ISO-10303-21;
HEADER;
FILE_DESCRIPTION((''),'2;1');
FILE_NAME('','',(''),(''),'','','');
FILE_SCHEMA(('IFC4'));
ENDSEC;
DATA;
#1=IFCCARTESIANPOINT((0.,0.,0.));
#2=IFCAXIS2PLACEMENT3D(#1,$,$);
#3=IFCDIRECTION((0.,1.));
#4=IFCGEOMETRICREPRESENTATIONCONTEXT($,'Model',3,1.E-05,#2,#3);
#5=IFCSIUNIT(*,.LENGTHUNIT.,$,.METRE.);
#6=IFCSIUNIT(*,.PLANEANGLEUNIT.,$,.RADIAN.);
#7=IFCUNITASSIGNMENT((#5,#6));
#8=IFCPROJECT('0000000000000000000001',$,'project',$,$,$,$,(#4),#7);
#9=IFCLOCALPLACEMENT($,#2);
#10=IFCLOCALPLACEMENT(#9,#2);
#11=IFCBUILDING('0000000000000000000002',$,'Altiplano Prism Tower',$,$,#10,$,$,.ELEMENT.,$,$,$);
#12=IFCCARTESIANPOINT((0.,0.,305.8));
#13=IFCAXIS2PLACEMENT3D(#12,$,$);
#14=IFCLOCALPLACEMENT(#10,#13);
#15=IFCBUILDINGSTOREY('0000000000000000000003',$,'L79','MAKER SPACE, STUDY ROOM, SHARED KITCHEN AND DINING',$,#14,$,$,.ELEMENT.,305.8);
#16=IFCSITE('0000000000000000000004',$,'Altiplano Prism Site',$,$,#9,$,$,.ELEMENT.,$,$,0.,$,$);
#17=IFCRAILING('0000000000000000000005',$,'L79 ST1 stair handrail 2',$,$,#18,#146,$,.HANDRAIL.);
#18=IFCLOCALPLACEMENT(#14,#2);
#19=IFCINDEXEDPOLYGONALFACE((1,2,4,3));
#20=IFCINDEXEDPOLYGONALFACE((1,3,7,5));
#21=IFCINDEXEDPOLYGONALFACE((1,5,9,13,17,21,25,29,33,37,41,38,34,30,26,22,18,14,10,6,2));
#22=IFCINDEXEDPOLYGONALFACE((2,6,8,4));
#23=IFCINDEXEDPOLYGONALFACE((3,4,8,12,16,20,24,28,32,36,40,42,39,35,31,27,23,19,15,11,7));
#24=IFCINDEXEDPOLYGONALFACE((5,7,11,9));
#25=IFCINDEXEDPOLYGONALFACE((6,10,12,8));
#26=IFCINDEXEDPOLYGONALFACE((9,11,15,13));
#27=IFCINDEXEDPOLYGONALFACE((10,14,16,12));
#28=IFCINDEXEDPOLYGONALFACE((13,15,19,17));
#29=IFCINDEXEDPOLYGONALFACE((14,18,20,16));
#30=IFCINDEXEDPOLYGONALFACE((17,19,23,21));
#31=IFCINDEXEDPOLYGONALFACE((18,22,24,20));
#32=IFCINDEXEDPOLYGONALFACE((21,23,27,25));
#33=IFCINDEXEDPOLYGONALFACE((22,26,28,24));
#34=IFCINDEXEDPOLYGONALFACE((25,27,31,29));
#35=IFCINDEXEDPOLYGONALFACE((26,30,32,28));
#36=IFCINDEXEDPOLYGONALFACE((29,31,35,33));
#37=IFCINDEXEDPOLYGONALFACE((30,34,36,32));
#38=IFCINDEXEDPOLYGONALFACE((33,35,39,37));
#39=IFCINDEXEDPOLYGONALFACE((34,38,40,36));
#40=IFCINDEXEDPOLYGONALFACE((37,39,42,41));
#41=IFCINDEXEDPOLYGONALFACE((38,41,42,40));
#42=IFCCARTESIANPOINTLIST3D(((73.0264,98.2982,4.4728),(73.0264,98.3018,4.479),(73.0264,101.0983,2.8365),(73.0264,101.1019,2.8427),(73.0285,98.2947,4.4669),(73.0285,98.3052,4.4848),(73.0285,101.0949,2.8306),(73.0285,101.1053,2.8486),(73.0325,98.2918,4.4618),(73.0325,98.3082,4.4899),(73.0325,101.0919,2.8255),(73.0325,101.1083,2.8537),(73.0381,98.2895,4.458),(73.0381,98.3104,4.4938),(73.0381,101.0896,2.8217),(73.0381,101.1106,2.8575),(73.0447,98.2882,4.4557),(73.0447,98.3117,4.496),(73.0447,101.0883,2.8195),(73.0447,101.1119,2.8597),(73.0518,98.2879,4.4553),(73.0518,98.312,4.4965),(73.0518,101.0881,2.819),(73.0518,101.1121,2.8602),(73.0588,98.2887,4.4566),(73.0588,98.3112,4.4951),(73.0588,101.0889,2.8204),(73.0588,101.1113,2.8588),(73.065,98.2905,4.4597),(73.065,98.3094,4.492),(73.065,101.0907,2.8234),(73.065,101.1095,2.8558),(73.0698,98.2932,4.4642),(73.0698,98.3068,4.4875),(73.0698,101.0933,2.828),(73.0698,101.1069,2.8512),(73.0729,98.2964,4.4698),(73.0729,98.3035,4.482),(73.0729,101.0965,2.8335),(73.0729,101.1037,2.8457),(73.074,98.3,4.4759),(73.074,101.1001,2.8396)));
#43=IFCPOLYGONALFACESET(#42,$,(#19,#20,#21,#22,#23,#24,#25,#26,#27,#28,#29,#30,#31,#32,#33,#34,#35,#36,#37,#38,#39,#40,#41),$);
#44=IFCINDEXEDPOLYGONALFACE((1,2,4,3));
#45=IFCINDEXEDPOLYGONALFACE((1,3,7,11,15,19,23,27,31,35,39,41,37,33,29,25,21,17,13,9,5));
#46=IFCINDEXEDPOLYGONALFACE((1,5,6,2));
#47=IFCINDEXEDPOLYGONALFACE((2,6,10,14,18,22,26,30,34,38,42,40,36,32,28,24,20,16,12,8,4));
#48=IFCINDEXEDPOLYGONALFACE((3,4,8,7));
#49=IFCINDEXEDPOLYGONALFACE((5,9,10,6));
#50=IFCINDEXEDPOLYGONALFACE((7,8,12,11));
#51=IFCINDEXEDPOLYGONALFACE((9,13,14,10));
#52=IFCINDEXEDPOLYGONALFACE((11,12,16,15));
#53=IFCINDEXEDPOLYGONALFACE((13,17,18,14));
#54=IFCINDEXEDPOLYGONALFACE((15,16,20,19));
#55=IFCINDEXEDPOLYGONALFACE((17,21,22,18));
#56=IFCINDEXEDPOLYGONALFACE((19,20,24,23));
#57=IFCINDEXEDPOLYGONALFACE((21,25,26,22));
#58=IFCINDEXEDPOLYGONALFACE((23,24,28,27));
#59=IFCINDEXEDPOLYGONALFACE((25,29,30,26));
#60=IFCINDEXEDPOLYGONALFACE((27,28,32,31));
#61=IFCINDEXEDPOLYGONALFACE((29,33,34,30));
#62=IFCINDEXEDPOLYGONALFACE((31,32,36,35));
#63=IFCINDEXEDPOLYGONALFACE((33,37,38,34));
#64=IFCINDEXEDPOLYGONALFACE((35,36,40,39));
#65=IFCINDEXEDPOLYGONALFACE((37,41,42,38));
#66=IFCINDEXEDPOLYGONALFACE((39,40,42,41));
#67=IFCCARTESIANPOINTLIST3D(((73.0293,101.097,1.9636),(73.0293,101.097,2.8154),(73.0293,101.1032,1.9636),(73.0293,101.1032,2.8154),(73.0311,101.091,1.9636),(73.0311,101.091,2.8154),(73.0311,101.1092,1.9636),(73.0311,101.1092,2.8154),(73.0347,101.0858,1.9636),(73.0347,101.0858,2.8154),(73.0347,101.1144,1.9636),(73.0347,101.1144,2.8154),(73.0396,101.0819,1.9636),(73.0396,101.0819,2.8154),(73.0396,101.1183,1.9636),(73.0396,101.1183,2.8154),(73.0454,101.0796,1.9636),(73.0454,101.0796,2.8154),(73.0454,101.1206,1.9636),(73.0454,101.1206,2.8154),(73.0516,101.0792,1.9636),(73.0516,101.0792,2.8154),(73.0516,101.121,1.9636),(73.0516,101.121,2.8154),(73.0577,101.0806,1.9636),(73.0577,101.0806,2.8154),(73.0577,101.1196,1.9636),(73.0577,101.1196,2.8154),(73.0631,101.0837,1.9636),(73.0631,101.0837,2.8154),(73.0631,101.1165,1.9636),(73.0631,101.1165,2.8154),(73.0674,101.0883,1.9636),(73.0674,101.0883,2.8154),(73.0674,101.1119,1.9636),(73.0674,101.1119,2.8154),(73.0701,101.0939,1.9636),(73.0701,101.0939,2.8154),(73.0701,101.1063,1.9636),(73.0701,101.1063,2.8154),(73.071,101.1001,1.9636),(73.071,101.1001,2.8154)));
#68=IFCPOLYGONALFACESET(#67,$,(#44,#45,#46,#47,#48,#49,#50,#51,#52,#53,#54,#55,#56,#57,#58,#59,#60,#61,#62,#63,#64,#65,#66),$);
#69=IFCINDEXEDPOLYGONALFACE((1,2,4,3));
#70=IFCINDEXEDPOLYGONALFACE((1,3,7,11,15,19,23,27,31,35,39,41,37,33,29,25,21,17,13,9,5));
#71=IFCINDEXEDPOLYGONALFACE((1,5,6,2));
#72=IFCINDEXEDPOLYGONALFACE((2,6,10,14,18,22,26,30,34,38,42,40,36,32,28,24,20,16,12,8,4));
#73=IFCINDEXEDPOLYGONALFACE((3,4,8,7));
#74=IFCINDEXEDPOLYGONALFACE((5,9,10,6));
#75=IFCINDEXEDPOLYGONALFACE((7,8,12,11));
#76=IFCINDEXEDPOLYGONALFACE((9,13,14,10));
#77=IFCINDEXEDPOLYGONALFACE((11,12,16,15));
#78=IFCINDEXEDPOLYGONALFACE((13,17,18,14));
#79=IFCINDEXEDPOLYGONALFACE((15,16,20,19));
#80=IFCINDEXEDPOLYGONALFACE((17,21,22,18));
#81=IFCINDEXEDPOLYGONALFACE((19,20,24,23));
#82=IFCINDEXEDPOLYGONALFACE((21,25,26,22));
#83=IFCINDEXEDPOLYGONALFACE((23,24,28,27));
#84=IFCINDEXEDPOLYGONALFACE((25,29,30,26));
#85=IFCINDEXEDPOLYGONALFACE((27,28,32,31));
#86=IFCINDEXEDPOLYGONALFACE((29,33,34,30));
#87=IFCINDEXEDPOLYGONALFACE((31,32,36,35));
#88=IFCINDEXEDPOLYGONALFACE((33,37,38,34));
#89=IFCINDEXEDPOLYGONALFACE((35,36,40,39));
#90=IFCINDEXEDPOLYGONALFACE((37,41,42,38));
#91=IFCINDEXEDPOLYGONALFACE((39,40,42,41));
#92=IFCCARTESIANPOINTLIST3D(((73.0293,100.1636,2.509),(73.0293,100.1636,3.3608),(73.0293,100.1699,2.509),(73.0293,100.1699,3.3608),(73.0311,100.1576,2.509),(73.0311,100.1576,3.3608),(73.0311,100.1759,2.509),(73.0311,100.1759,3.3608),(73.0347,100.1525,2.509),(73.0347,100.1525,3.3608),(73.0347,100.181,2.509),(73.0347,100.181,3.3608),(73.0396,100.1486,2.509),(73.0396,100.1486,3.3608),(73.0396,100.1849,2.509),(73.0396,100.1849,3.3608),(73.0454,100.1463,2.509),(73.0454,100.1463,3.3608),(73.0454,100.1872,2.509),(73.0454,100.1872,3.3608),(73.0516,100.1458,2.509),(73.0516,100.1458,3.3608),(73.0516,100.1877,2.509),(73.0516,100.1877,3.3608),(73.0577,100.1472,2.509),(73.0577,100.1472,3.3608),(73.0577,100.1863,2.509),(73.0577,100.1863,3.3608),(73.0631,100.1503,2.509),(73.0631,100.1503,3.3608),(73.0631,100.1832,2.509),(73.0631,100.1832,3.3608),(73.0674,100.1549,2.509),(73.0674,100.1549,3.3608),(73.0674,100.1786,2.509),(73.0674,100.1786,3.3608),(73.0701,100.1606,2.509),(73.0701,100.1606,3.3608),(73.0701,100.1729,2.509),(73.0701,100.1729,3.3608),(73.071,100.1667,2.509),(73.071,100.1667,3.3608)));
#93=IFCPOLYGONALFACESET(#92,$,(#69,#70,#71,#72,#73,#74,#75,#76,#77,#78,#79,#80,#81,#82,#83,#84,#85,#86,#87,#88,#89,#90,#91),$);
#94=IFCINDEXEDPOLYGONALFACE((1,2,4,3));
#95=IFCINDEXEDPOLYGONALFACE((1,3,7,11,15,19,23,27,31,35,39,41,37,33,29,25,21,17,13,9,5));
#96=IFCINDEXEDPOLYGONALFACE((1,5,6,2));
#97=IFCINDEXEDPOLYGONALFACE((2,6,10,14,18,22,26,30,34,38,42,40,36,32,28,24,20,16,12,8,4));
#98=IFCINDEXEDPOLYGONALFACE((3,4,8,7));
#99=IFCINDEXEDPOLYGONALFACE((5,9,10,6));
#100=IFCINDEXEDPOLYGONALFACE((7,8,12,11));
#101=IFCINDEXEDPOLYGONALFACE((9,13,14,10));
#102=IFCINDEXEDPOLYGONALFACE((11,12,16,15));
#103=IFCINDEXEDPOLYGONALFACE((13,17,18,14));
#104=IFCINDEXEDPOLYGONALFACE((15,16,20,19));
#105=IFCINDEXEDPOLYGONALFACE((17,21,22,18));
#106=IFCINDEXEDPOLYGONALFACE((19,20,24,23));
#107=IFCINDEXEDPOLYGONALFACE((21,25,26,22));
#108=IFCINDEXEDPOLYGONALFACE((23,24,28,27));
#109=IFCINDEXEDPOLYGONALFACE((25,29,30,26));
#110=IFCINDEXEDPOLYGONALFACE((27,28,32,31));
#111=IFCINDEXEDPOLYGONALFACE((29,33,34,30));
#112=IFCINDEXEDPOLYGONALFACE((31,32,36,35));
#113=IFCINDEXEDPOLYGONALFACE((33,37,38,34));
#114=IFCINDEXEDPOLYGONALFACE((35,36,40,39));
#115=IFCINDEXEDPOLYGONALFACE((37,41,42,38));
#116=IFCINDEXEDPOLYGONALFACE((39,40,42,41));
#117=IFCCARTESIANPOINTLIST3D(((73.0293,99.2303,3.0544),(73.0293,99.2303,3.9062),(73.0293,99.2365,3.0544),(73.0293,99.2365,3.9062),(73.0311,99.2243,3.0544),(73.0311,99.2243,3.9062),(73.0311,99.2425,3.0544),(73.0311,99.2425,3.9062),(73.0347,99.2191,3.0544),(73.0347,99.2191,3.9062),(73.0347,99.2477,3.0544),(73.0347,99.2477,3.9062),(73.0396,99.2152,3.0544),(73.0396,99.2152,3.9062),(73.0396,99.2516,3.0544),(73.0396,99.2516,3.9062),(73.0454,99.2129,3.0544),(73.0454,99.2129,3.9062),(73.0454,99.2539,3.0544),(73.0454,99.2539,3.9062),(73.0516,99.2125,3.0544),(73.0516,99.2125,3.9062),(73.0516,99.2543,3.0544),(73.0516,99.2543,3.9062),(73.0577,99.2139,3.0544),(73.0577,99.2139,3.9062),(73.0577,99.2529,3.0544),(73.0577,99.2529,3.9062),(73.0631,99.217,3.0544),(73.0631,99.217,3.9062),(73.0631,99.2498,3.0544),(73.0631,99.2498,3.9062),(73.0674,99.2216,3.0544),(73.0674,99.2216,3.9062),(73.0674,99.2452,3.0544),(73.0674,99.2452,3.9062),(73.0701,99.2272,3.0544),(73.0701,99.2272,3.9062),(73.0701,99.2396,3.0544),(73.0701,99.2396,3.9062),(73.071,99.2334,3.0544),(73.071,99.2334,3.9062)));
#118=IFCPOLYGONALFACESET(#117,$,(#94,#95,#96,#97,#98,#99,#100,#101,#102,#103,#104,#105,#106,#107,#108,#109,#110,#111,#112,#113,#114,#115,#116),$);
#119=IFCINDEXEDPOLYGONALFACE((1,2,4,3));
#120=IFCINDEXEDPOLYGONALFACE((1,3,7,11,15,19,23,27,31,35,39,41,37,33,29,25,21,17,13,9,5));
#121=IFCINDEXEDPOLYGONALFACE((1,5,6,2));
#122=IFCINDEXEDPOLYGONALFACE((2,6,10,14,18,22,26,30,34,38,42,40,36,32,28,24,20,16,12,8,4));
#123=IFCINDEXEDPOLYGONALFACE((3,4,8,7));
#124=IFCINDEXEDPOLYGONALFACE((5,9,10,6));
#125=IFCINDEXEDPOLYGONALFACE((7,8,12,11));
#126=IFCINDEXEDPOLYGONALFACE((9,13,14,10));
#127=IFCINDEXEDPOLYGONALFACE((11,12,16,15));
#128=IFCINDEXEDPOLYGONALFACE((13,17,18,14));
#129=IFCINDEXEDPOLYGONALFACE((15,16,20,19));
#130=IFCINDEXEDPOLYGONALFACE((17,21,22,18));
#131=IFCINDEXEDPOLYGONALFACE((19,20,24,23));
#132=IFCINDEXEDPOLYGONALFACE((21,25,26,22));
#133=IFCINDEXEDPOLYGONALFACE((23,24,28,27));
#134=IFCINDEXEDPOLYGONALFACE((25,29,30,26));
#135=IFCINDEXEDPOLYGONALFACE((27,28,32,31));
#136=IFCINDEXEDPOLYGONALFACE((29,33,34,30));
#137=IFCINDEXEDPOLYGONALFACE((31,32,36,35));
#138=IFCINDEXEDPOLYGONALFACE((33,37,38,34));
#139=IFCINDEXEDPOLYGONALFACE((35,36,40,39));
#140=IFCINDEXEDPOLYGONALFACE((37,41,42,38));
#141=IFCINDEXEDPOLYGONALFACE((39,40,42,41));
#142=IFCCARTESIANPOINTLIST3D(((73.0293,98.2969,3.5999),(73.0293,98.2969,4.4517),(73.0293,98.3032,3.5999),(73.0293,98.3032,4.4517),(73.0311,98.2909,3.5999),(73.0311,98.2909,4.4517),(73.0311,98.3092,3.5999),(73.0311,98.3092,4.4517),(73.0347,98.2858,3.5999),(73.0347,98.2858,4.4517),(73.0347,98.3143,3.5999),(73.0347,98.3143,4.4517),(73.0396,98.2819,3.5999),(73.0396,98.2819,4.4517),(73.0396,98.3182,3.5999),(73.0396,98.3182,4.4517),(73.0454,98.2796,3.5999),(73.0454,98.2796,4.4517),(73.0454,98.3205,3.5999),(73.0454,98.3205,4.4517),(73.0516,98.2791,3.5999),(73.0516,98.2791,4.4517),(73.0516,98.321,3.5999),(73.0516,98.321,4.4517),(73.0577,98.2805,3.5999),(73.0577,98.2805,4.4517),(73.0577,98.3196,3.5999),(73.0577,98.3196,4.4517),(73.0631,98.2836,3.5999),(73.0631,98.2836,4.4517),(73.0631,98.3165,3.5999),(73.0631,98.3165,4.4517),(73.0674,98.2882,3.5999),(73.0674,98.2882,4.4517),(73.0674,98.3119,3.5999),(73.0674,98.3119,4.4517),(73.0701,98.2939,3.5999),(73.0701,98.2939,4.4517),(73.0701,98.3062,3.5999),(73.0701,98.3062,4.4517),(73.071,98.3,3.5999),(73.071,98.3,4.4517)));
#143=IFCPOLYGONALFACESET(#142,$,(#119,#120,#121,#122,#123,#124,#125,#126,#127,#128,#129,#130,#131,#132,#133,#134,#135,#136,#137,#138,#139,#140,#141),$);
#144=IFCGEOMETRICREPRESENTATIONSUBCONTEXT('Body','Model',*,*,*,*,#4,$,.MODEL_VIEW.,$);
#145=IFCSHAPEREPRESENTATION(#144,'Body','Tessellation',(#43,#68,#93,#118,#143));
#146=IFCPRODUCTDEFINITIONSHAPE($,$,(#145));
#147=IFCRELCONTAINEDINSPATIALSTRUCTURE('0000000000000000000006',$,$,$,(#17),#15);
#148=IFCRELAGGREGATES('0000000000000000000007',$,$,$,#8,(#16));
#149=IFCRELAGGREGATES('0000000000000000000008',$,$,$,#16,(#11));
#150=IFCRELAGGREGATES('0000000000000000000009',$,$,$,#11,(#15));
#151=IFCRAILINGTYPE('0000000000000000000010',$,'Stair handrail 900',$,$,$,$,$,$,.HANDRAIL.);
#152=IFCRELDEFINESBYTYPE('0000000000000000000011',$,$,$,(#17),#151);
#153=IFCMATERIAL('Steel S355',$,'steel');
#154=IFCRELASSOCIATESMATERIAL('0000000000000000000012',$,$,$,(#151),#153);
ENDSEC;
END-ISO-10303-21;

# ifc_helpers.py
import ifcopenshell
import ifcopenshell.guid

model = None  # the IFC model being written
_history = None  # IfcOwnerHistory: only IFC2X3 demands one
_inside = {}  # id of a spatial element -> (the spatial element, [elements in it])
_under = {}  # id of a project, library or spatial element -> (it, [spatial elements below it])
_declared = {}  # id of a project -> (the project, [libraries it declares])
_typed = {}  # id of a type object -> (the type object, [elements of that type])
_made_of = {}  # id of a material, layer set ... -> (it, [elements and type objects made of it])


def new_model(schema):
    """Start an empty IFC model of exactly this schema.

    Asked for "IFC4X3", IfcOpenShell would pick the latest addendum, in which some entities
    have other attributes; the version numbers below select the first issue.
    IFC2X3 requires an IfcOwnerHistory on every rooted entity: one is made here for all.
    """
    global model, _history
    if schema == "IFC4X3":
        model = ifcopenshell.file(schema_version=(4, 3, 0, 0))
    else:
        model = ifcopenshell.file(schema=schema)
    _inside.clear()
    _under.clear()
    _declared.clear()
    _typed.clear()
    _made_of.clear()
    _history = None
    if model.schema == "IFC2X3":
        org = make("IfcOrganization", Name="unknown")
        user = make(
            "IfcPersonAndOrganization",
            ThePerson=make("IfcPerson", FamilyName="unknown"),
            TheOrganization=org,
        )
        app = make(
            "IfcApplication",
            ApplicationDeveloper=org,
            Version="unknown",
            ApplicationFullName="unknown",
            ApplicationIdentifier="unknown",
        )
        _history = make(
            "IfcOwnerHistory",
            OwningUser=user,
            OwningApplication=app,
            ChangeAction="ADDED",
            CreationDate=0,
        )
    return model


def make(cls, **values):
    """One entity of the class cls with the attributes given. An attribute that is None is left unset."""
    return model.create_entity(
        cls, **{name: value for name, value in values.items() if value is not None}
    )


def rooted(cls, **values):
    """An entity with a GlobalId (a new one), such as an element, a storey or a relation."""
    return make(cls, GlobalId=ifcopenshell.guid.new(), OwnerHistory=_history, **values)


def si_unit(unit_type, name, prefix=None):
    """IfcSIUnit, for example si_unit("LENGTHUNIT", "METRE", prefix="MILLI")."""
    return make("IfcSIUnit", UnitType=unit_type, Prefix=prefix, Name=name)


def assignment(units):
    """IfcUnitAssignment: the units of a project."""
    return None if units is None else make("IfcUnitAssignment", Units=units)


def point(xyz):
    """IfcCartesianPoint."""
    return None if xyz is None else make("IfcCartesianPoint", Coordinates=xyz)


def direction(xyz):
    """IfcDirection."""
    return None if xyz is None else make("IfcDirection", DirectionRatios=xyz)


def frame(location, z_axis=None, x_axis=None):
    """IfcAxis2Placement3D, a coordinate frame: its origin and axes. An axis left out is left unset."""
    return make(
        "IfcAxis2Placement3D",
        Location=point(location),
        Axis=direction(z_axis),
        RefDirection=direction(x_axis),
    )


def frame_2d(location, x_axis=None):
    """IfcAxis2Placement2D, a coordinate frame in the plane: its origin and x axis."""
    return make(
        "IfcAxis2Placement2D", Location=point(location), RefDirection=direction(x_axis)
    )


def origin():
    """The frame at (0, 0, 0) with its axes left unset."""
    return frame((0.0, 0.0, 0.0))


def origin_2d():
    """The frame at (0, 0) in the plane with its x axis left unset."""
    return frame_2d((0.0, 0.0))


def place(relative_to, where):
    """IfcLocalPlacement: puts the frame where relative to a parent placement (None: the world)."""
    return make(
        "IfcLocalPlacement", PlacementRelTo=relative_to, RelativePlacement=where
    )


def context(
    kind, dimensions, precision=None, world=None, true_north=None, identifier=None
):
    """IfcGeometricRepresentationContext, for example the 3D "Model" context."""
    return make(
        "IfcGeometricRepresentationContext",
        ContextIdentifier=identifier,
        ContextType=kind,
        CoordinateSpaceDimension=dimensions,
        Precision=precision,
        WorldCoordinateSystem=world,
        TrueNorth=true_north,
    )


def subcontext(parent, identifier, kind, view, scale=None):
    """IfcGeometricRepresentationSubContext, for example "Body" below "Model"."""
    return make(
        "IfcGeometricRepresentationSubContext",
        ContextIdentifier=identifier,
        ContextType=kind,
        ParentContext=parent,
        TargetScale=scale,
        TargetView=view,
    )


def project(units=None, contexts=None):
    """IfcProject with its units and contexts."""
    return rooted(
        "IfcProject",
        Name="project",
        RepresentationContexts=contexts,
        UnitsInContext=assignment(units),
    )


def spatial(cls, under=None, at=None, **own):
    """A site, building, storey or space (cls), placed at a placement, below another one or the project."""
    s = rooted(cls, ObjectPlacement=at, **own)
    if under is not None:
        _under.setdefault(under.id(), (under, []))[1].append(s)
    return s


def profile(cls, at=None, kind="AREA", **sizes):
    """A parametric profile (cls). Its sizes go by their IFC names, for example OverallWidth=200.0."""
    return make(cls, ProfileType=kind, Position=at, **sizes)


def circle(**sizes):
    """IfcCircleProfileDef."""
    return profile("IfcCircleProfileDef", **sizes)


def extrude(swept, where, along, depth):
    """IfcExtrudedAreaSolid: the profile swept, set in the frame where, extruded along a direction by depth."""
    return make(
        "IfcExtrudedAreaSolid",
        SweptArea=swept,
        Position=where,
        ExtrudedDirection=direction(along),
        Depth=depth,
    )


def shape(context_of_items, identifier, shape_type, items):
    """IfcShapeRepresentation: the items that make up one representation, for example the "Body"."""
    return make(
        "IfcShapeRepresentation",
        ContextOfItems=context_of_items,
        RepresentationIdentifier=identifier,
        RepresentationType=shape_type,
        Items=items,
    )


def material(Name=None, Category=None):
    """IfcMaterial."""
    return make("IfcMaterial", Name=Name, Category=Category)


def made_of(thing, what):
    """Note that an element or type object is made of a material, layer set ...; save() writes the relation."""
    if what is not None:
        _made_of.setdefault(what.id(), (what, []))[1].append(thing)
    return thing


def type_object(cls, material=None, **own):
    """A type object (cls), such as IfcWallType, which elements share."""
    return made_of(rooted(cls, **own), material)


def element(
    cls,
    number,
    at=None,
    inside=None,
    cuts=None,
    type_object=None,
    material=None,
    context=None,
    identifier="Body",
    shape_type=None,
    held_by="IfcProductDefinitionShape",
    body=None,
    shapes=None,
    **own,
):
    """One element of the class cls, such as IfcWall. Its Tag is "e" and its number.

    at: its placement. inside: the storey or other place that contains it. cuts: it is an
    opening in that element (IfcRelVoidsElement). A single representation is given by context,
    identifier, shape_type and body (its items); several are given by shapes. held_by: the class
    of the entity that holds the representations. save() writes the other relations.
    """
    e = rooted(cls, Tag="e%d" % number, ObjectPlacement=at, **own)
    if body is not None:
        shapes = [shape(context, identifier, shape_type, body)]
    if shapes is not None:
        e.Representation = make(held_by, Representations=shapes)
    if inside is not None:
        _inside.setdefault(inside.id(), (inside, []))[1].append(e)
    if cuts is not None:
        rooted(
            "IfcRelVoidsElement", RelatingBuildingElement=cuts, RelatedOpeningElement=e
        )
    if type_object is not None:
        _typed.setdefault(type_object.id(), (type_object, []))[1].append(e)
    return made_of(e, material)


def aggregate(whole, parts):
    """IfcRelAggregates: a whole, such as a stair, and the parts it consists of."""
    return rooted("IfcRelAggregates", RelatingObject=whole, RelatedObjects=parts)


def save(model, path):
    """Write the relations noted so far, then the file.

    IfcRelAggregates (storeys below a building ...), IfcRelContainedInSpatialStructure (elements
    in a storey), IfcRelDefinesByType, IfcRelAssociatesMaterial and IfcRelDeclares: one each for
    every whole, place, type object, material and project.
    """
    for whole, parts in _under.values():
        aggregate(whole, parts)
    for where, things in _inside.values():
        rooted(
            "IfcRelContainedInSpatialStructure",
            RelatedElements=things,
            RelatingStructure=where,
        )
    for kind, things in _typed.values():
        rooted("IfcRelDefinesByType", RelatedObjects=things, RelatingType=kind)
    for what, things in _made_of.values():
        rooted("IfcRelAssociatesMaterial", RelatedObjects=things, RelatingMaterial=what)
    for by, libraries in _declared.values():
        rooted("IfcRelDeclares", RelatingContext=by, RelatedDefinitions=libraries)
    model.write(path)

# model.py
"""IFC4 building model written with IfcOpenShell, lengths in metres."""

from ifc_helpers import new_model, si_unit, direction, frame, origin, origin_2d, place, context, subcontext, project, spatial, circle, extrude, material, type_object, element, save


model = new_model("IFC4")

# Units and contexts
model_context = context("Model", 3, precision=1e-05, world=origin(), true_north=direction((0.0, 1.0)))
body_context = subcontext(model_context, "Body", "Model", "MODEL_VIEW")
ifc_project = project(units=[si_unit("LENGTHUNIT", "METRE"), si_unit("PLANEANGLEUNIT", "RADIAN")], contexts=[model_context])

# Site, building, storey
site_placement = place(None, origin())
site = spatial("IfcSite", under=ifc_project, at=site_placement, Name="Altiplano Prism Site", CompositionType="ELEMENT", RefElevation=0.0)
building_placement = place(site_placement, origin())
building = spatial("IfcBuilding", under=site, at=building_placement, Name="Altiplano Prism Tower", CompositionType="ELEMENT")
storey_placement = place(building_placement, frame((0.0, 0.0, 305.8)))
storey = spatial("IfcBuildingStorey", under=building, at=storey_placement, Name="L79", Description="MAKER SPACE, STUDY ROOM, SHARED KITCHEN AND DINING", CompositionType="ELEMENT", Elevation=305.8)

# Railing
ifc_material_1 = material(Name="Steel S355", Category="steel")
railing_type_1 = type_object("IfcRailingType", Name="Stair handrail 900", PredefinedType="HANDRAIL", material=ifc_material_1)
railing_1_placement = place(storey_placement, frame((73.05, 101.1001, 1.9636)))
element("IfcRailing", 1, at=railing_1_placement, inside=storey, type_object=railing_type_1, Name="L79 ST1 stair handrail 2", PredefinedType="HANDRAIL", context=body_context, shape_type="SweptSolid", body=[
    extrude(circle(Radius=0.0239, at=origin_2d()), frame((0.0, 0.0, 0.876), z_axis=(0.0, -0.863394, 0.504531), x_axis=(1.0, 0.0, 0.0)), (0.0, 0.0, 1.0), 3.2432),
    extrude(circle(Radius=0.021, at=origin_2d()), origin(), (0.0, 0.0, 1.0), 0.8518),
    extrude(circle(Radius=0.021, at=origin_2d()), frame((0.0, -0.9333, 0.5454)), (0.0, 0.0, 1.0), 0.8518),
    extrude(circle(Radius=0.021, at=origin_2d()), frame((0.0, -1.8667, 1.0908)), (0.0, 0.0, 1.0), 0.8518),
    extrude(circle(Radius=0.021, at=origin_2d()), frame((0.0, -2.8, 1.6362)), (0.0, 0.0, 1.0), 0.8518),
])

save(model, "model.ifc")
